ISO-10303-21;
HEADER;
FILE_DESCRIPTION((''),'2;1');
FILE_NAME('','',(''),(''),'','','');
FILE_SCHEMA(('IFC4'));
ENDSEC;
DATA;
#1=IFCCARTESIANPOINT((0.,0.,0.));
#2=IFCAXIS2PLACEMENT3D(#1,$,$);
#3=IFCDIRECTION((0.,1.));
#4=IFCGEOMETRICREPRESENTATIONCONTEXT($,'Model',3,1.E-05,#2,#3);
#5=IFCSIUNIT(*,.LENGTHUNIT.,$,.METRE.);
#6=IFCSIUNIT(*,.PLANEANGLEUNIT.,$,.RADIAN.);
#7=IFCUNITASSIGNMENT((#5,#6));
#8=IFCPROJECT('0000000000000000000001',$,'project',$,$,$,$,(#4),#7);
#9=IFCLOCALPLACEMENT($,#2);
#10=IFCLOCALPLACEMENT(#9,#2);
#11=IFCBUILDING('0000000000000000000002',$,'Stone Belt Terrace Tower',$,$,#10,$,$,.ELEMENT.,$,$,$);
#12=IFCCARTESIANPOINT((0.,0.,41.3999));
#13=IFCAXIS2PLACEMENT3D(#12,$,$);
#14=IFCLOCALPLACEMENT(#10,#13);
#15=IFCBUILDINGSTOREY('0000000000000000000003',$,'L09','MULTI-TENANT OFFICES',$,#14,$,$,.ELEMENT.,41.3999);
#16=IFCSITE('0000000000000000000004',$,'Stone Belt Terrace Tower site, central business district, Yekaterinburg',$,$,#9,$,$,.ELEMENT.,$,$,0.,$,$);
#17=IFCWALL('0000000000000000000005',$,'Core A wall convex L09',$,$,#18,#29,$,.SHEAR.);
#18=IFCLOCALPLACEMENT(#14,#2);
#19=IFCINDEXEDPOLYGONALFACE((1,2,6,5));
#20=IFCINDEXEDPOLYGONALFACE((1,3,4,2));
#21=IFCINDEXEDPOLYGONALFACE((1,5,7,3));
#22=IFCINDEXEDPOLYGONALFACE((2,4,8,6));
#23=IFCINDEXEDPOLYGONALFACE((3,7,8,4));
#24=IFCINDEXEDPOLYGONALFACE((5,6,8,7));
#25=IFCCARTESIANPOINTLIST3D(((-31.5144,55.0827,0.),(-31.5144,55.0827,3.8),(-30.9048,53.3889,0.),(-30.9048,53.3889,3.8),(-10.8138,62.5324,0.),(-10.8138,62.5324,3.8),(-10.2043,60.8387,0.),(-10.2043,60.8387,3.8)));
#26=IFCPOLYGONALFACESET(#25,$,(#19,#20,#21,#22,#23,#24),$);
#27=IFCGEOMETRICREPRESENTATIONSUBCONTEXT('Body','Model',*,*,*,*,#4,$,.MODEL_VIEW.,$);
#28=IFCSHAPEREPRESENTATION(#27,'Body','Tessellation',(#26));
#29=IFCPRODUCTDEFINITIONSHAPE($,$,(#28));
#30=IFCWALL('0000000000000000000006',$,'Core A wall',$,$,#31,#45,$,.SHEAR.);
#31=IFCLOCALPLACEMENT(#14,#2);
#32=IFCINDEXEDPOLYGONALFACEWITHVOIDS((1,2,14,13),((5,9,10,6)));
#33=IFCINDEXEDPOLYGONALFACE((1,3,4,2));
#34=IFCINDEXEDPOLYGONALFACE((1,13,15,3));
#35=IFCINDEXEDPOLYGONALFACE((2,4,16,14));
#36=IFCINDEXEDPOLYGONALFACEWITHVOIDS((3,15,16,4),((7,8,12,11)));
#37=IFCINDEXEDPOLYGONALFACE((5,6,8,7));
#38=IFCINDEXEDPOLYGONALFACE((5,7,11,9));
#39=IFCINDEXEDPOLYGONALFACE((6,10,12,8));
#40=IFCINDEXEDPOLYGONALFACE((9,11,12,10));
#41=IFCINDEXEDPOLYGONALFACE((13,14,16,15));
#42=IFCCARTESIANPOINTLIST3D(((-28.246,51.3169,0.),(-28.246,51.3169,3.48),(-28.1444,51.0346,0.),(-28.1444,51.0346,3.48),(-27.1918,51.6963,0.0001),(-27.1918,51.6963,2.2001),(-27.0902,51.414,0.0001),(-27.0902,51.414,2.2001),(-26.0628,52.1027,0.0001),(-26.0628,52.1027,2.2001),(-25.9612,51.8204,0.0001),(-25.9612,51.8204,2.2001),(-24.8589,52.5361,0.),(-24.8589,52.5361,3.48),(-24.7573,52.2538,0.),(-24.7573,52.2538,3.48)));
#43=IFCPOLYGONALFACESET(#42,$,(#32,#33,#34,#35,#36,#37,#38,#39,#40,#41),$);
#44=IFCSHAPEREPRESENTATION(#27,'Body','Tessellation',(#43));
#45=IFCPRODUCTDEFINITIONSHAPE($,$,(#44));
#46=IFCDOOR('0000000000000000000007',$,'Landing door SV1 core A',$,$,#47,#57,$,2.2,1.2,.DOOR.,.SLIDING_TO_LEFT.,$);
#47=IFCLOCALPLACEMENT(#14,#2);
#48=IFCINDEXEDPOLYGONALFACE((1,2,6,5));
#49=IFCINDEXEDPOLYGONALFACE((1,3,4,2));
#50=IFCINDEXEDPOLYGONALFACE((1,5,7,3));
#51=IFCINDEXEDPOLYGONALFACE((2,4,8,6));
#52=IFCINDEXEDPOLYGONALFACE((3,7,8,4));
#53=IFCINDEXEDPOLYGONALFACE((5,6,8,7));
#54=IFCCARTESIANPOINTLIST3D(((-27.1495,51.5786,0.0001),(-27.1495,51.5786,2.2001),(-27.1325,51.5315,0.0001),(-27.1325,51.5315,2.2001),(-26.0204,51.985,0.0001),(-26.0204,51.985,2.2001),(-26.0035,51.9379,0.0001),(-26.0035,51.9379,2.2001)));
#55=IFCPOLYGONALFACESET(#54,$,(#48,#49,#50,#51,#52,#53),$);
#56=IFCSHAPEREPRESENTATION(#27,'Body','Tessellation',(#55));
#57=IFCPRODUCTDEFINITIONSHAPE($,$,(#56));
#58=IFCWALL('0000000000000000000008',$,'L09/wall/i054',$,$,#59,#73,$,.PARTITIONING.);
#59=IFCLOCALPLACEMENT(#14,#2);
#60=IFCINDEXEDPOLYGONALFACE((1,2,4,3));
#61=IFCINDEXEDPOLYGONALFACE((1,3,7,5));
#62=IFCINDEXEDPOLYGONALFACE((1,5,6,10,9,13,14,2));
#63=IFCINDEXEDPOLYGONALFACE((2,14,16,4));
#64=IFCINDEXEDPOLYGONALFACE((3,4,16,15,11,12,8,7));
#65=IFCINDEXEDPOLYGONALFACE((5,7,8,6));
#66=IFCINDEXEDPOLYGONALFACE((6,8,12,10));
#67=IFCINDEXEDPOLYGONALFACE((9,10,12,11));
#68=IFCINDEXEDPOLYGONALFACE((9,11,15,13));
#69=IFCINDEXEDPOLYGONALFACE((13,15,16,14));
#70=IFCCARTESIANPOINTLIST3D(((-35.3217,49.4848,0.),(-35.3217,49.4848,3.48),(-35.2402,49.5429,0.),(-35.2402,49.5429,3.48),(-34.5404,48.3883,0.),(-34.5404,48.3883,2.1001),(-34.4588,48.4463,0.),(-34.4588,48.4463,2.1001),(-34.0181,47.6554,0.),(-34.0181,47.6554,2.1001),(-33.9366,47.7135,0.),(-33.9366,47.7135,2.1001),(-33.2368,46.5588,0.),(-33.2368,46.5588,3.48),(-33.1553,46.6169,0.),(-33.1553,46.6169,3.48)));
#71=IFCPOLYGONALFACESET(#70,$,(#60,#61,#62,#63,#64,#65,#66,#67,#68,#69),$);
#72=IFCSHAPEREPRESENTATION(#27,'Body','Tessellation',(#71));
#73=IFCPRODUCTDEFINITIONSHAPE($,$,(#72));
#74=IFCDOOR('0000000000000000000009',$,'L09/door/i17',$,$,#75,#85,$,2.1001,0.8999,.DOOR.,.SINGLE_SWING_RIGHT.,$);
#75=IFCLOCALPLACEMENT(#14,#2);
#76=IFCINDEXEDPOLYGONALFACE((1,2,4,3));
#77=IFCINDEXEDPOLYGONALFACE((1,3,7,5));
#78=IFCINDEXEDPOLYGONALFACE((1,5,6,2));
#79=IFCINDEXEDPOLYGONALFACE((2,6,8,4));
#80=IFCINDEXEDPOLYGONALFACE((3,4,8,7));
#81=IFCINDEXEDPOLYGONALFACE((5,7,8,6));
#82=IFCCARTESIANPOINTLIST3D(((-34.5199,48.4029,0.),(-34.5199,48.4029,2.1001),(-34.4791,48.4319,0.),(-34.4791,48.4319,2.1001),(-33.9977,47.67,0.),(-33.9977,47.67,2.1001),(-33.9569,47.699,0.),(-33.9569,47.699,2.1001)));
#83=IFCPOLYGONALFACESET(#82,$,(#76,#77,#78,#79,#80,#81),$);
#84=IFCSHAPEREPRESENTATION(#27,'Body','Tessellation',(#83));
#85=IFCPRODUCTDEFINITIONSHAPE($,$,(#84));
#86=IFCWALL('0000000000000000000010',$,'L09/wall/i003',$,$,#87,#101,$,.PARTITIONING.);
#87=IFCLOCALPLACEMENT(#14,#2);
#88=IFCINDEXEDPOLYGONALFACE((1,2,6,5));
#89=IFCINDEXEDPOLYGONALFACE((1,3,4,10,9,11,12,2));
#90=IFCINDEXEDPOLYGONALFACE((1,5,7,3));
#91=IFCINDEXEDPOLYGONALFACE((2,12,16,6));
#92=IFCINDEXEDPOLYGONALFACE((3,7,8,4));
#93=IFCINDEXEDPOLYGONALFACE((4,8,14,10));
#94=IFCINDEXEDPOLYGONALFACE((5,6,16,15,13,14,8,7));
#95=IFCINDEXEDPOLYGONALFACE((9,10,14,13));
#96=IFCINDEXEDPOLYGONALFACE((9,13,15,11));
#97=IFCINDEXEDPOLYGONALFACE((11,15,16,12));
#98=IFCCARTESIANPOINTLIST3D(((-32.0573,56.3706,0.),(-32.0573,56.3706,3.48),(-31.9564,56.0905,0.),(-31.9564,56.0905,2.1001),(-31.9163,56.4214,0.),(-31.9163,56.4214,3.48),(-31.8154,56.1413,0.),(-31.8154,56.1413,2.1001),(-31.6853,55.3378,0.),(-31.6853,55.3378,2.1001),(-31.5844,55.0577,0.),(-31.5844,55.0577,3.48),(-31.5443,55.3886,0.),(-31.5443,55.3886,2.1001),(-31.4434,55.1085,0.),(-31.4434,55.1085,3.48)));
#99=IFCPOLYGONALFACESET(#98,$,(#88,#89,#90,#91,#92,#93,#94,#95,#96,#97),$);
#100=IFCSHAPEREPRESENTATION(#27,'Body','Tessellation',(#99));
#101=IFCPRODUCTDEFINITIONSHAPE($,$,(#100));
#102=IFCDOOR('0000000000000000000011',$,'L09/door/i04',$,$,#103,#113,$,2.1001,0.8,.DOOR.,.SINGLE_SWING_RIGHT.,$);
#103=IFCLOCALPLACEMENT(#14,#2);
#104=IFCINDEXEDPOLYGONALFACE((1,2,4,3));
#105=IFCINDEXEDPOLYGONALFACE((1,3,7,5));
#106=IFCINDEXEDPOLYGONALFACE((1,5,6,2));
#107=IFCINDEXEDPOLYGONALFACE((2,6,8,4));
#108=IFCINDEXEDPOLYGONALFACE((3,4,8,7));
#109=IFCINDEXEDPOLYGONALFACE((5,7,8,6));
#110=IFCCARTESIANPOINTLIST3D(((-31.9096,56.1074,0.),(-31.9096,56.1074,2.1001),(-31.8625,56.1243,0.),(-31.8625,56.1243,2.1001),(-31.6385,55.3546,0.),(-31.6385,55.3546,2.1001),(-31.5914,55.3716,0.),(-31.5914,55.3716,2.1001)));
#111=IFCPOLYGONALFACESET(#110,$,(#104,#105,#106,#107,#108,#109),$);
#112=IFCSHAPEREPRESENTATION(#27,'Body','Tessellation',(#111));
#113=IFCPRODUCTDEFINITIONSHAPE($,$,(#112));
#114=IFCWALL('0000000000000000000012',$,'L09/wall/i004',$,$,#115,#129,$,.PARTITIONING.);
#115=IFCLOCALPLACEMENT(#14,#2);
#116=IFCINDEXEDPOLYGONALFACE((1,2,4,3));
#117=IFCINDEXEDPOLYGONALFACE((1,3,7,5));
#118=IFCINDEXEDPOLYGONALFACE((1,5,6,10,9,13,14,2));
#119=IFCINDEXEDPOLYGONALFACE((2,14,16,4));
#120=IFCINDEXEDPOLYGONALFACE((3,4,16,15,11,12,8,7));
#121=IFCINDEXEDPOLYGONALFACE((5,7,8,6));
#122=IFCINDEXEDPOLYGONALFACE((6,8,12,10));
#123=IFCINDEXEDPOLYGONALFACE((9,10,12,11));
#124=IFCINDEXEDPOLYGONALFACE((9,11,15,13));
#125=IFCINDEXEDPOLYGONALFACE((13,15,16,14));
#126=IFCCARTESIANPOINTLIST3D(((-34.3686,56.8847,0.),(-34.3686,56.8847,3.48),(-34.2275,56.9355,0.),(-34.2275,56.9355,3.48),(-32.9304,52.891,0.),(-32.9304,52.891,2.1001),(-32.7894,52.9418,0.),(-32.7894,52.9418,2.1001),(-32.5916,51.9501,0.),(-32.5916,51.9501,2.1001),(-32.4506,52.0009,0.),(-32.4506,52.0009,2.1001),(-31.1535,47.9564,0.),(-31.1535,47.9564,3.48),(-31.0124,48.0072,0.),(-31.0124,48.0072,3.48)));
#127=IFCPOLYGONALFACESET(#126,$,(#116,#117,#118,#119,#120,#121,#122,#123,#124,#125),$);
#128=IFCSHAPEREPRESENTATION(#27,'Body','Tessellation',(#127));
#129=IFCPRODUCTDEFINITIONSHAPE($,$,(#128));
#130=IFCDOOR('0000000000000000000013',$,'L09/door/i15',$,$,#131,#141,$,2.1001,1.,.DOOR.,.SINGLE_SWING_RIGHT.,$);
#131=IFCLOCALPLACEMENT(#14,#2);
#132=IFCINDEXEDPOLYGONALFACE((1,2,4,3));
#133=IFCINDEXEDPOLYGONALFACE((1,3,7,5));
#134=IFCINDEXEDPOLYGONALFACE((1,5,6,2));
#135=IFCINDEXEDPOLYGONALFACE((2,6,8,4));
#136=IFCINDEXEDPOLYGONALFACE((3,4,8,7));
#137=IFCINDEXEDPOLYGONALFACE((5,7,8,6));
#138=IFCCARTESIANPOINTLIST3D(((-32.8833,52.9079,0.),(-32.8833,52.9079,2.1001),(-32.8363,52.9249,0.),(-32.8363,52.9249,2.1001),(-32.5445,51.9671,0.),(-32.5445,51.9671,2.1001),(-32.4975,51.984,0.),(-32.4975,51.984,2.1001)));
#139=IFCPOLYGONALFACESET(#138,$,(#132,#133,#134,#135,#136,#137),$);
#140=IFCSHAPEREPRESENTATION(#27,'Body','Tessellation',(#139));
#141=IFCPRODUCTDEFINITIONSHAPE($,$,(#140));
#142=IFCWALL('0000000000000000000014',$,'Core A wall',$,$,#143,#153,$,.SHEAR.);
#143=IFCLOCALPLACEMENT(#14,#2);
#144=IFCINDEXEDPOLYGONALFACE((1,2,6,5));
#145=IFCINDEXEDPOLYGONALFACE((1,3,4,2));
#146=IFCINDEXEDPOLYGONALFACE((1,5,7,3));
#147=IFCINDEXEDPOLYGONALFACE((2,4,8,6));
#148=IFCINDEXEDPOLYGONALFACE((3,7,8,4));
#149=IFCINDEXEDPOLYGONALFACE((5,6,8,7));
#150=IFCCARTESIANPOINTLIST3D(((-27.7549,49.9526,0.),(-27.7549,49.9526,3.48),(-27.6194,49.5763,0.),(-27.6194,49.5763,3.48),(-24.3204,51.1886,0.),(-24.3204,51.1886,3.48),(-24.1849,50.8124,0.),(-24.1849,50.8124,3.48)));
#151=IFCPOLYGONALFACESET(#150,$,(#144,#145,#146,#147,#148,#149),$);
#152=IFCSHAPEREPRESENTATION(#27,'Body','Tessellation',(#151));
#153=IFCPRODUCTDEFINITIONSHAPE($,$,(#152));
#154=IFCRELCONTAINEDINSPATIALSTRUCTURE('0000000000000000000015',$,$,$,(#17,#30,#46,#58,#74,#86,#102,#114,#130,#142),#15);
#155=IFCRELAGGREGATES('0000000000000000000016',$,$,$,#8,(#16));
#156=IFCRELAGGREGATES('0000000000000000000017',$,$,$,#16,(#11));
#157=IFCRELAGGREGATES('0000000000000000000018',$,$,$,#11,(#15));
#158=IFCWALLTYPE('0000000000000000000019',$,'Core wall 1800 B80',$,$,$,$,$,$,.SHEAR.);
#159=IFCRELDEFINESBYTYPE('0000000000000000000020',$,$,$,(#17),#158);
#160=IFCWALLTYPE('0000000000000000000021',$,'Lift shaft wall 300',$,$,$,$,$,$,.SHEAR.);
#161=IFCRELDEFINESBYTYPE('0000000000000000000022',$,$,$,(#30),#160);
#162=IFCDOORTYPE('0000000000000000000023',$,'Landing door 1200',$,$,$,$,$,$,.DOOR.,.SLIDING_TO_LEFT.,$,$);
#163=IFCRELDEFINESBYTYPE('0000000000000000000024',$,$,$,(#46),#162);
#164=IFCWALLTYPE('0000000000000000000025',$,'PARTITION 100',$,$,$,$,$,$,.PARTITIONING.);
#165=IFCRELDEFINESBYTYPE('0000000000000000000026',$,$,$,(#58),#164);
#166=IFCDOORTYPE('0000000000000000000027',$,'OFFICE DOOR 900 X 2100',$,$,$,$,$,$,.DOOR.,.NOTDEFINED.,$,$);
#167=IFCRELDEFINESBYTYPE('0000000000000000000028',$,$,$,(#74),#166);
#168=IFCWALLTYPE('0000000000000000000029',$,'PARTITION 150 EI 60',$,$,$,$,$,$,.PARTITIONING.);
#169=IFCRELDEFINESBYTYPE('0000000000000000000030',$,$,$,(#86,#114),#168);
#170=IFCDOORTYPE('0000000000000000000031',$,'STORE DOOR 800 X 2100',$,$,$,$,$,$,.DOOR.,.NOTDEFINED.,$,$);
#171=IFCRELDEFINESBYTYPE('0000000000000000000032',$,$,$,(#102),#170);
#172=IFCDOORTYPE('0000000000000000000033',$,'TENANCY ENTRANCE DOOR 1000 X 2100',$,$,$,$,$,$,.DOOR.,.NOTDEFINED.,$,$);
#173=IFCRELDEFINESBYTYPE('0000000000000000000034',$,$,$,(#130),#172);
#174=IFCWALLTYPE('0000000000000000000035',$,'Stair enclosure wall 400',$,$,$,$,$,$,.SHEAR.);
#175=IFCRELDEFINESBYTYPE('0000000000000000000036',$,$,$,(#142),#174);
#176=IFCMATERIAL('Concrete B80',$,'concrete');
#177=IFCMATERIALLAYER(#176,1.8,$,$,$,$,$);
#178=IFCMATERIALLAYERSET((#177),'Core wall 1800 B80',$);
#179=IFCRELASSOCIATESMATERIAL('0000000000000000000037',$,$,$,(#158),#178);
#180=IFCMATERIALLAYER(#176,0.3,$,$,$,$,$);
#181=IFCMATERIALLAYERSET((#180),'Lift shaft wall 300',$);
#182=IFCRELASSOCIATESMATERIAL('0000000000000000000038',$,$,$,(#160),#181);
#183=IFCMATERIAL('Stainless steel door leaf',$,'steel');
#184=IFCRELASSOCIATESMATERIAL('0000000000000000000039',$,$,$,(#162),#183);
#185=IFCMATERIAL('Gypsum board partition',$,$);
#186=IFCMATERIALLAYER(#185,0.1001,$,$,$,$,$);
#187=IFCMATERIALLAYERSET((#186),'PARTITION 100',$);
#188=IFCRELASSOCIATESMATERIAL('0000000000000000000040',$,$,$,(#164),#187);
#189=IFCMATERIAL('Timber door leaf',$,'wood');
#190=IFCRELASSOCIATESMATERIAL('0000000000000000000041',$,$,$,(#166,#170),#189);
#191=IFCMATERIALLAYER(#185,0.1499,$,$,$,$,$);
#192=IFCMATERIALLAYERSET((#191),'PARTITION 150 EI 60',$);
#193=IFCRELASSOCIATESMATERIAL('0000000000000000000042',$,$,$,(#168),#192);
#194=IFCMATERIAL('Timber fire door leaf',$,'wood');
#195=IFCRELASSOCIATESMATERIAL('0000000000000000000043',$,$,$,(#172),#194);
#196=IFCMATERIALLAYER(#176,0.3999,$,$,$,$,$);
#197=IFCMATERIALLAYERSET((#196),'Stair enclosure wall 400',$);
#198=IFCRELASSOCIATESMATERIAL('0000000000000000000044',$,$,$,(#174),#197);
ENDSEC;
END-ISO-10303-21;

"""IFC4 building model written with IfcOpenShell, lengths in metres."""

from ifc_helpers import new_model, si_unit, direction, frame, frame_2d, origin, place, context, subcontext, project, spatial, rectangle, extrude, material, layer, layer_set, type_object, element, fill, save


model = new_model("IFC4")

# Units and contexts
model_context = context("Model", 3, precision=1e-05, world=origin(), true_north=direction((0.0, 1.0)))
body_context = subcontext(model_context, "Body", "Model", "MODEL_VIEW")
ifc_project = project(units=[si_unit("LENGTHUNIT", "METRE"), si_unit("PLANEANGLEUNIT", "RADIAN")], contexts=[model_context])

# Site, building, storey
site_placement = place(None, origin())
site = spatial("IfcSite", under=ifc_project, at=site_placement, Name="Stone Belt Terrace Tower site, central business district, Yekaterinburg", CompositionType="ELEMENT", RefElevation=0.0)
building_placement = place(site_placement, origin())
building = spatial("IfcBuilding", under=site, at=building_placement, Name="Stone Belt Terrace Tower", CompositionType="ELEMENT")
storey_placement = place(building_placement, frame((0.0, 0.0, 41.3999)))
storey = spatial("IfcBuildingStorey", under=building, at=storey_placement, Name="L09", Description="MULTI-TENANT OFFICES", CompositionType="ELEMENT", Elevation=41.3999)

# Wall
ifc_material_1 = material(Name="Concrete B80", Category="concrete")
ifc_layer_1 = layer(ifc_material_1, 1.8)
ifc_layer_set_1 = layer_set([ifc_layer_1], Name="Core wall 1800 B80")
wall_type_1 = type_object("IfcWallType", Name="Core wall 1800 B80", PredefinedType="SHEAR", material=ifc_layer_set_1)
wall_1_placement = place(storey_placement, frame((-31.2095, 54.2358, 0.0), z_axis=(0.0, 0.0, 1.0), x_axis=(0.940923, 0.338621, 0.0)))
element("IfcWall", 1, at=wall_1_placement, inside=storey, type_object=wall_type_1, Name="Core A wall convex L09", PredefinedType="SHEAR", context=body_context, shape_type="SweptSolid", body=[
    extrude(rectangle(XDim=22.0002, YDim=1.8, at=frame_2d((11.0, 0.0))), origin(), (0.0, 0.0, 1.0), 3.8),
])

# Walls, openings, doors
ifc_layer_2 = layer(ifc_material_1, 0.3)
ifc_layer_set_2 = layer_set([ifc_layer_2], Name="Lift shaft wall 300")
wall_type_2 = type_object("IfcWallType", Name="Lift shaft wall 300", PredefinedType="SHEAR", material=ifc_layer_set_2)
wall_2_placement = place(storey_placement, frame((-28.1951, 51.1758, 0.0), z_axis=(0.0, 0.0, 1.0), x_axis=(0.940901, 0.338681, 0.0)))
wall_2 = element("IfcWall", 2, at=wall_2_placement, inside=storey, type_object=wall_type_2, Name="Core A wall", PredefinedType="SHEAR", context=body_context, shape_type="SweptSolid", body=[
    extrude(rectangle(XDim=3.5999, YDim=0.3, at=frame_2d((1.7998, 0.0))), origin(), (0.0, 0.0, 1.0), 3.48),
])
opening_1_placement = place(wall_2_placement, frame((1.1201, 0.0, 0.0)))
opening_1 = element("IfcOpeningElement", 3, at=opening_1_placement, cuts=wall_2, PredefinedType="OPENING", context=body_context, shape_type="SweptSolid", body=[
    extrude(rectangle(XDim=1.2, YDim=2.2, at=frame_2d((0.6001, 1.1001))), frame((0.0, 0.1599, 0.0), z_axis=(0.0, -1.0, 0.0), x_axis=(1.0, 0.0, 0.0)), (0.0, 0.0, 1.0), 0.3201),
])
ifc_material_2 = material(Name="Stainless steel door leaf", Category="steel")
door_type_1 = type_object("IfcDoorType", Name="Landing door 1200", OperationType="SLIDING_TO_LEFT", PredefinedType="DOOR", material=ifc_material_2)
door_1_placement = place(opening_1_placement, origin())
door_1 = element("IfcDoor", 4, at=door_1_placement, inside=storey, type_object=door_type_1, Name="Landing door SV1 core A", OperationType="SLIDING_TO_LEFT", OverallHeight=2.2, OverallWidth=1.2, PredefinedType="DOOR", context=body_context, shape_type="SweptSolid", body=[
    extrude(rectangle(XDim=1.2, YDim=2.2, at=frame_2d((0.6001, 1.1001))), frame((0.0, 0.0249, 0.0), z_axis=(0.0, -1.0, 0.0), x_axis=(1.0, 0.0, 0.0)), (0.0, 0.0, 1.0), 0.05),
])
fill(opening_1, door_1)
ifc_material_3 = material(Name="Gypsum board partition")
ifc_layer_3 = layer(ifc_material_3, 0.1001)
ifc_layer_set_3 = layer_set([ifc_layer_3], Name="PARTITION 100")
wall_type_3 = type_object("IfcWallType", Name="PARTITION 100", PredefinedType="PARTITIONING", material=ifc_layer_set_3)
wall_3_placement = place(storey_placement, frame((-33.196, 46.5879, 0.0), z_axis=(0.0, 0.0, 1.0), x_axis=(-0.580306, 0.814399, 0.0)))
wall_3 = element("IfcWall", 5, at=wall_3_placement, inside=storey, type_object=wall_type_3, Name="L09/wall/i054", PredefinedType="PARTITIONING", context=body_context, shape_type="SweptSolid", body=[
    extrude(rectangle(XDim=3.5928, YDim=0.1001, at=frame_2d((1.7964, 0.0))), origin(), (0.0, 0.0, 1.0), 3.48),
])
opening_2_placement = place(wall_3_placement, frame((1.3464, 0.0, 0.0)))
opening_2 = element("IfcOpeningElement", 6, at=opening_2_placement, cuts=wall_3, PredefinedType="OPENING", context=body_context, shape_type="SweptSolid", body=[
    extrude(rectangle(XDim=0.8999, YDim=2.1001, at=frame_2d((0.45, 1.05))), frame((0.0, 0.0601, 0.0), z_axis=(0.0, -1.0, 0.0), x_axis=(1.0, 0.0, 0.0)), (0.0, 0.0, 1.0), 0.1201),
])
ifc_material_4 = material(Name="Timber door leaf", Category="wood")
door_type_2 = type_object("IfcDoorType", Name="OFFICE DOOR 900 X 2100", OperationType="NOTDEFINED", PredefinedType="DOOR", material=ifc_material_4)
door_2_placement = place(opening_2_placement, origin())
door_2 = element("IfcDoor", 7, at=door_2_placement, inside=storey, type_object=door_type_2, Name="L09/door/i17", OperationType="SINGLE_SWING_RIGHT", OverallHeight=2.1001, OverallWidth=0.8999, PredefinedType="DOOR", context=body_context, shape_type="SweptSolid", body=[
    extrude(rectangle(XDim=0.8999, YDim=2.1001, at=frame_2d((0.45, 1.05))), frame((0.0, 0.0249, 0.0), z_axis=(0.0, -1.0, 0.0), x_axis=(1.0, 0.0, 0.0)), (0.0, 0.0, 1.0), 0.05),
])
fill(opening_2, door_2)
ifc_layer_4 = layer(ifc_material_3, 0.1499)
ifc_layer_set_4 = layer_set([ifc_layer_4], Name="PARTITION 150 EI 60")
wall_type_4 = type_object("IfcWallType", Name="PARTITION 150 EI 60", PredefinedType="PARTITIONING", material=ifc_layer_set_4)
wall_4_placement = place(storey_placement, frame((-31.9868, 56.396, 0.0), z_axis=(0.0, 0.0, 1.0), x_axis=(0.338862, -0.940836, 0.0)))
wall_4 = element("IfcWall", 8, at=wall_4_placement, inside=storey, type_object=wall_type_4, Name="L09/wall/i003", PredefinedType="PARTITIONING", context=body_context, shape_type="SweptSolid", body=[
    extrude(rectangle(XDim=1.3955, YDim=0.1499, at=frame_2d((0.6978, 0.0))), origin(), (0.0, 0.0, 1.0), 3.48),
])
opening_3_placement = place(wall_4_placement, frame((0.2979, 0.0, 0.0)))
opening_3 = element("IfcOpeningElement", 9, at=opening_3_placement, cuts=wall_4, PredefinedType="OPENING", context=body_context, shape_type="SweptSolid", body=[
    extrude(rectangle(XDim=0.8, YDim=2.1001, at=frame_2d((0.3999, 1.05))), frame((0.0, 0.085, 0.0), z_axis=(0.0, -1.0, 0.0), x_axis=(1.0, 0.0, 0.0)), (0.0, 0.0, 1.0), 0.1699),
])
door_type_3 = type_object("IfcDoorType", Name="STORE DOOR 800 X 2100", OperationType="NOTDEFINED", PredefinedType="DOOR", material=ifc_material_4)
door_3_placement = place(opening_3_placement, origin())
door_3 = element("IfcDoor", 10, at=door_3_placement, inside=storey, type_object=door_type_3, Name="L09/door/i04", OperationType="SINGLE_SWING_RIGHT", OverallHeight=2.1001, OverallWidth=0.8, PredefinedType="DOOR", context=body_context, shape_type="SweptSolid", body=[
    extrude(rectangle(XDim=0.8, YDim=2.1001, at=frame_2d((0.3999, 1.05))), frame((0.0, 0.0249, 0.0), z_axis=(0.0, -1.0, 0.0), x_axis=(1.0, 0.0, 0.0)), (0.0, 0.0, 1.0), 0.05),
])
fill(opening_3, door_3)
wall_5_placement = place(storey_placement, frame((-31.083, 47.9819, 0.0), z_axis=(0.0, 0.0, 1.0), x_axis=(-0.338806, 0.940856, 0.0)))
wall_5 = element("IfcWall", 11, at=wall_5_placement, inside=storey, type_object=wall_type_4, Name="L09/wall/i004", PredefinedType="PARTITIONING", context=body_context, shape_type="SweptSolid", body=[
    extrude(rectangle(XDim=9.4895, YDim=0.1499, at=frame_2d((4.7446, 0.0))), origin(), (0.0, 0.0, 1.0), 3.48),
])
opening_4_placement = place(wall_5_placement, frame((4.2446, 0.0, 0.0)))
opening_4 = element("IfcOpeningElement", 12, at=opening_4_placement, cuts=wall_5, PredefinedType="OPENING", context=body_context, shape_type="SweptSolid", body=[
    extrude(rectangle(XDim=1.0, YDim=2.1001, at=frame_2d((0.5, 1.05))), frame((0.0, 0.085, 0.0), z_axis=(0.0, -1.0, 0.0), x_axis=(1.0, 0.0, 0.0)), (0.0, 0.0, 1.0), 0.1699),
])
ifc_material_5 = material(Name="Timber fire door leaf", Category="wood")
door_type_4 = type_object("IfcDoorType", Name="TENANCY ENTRANCE DOOR 1000 X 2100", OperationType="NOTDEFINED", PredefinedType="DOOR", material=ifc_material_5)
door_4_placement = place(opening_4_placement, origin())
door_4 = element("IfcDoor", 13, at=door_4_placement, inside=storey, type_object=door_type_4, Name="L09/door/i15", OperationType="SINGLE_SWING_RIGHT", OverallHeight=2.1001, OverallWidth=1.0, PredefinedType="DOOR", context=body_context, shape_type="SweptSolid", body=[
    extrude(rectangle(XDim=1.0, YDim=2.1001, at=frame_2d((0.5, 1.05))), frame((0.0, 0.0249, 0.0), z_axis=(0.0, -1.0, 0.0), x_axis=(1.0, 0.0, 0.0)), (0.0, 0.0, 1.0), 0.05),
])
fill(opening_4, door_4)

# Wall
ifc_layer_5 = layer(ifc_material_1, 0.3999)
ifc_layer_set_5 = layer_set([ifc_layer_5], Name="Stair enclosure wall 400")
wall_type_5 = type_object("IfcWallType", Name="Stair enclosure wall 400", PredefinedType="SHEAR", material=ifc_layer_set_5)
wall_6_placement = place(storey_placement, frame((-27.6873, 49.7644, 0.0), z_axis=(0.0, 0.0, 1.0), x_axis=(0.940919, 0.338632, 0.0)))
element("IfcWall", 14, at=wall_6_placement, inside=storey, type_object=wall_type_5, Name="Core A wall", PredefinedType="SHEAR", context=body_context, shape_type="SweptSolid", body=[
    extrude(rectangle(XDim=3.6501, YDim=0.3999, at=frame_2d((1.8252, 0.0))), origin(), (0.0, 0.0, 1.0), 3.48),
])

save(model, "model.ifc")
